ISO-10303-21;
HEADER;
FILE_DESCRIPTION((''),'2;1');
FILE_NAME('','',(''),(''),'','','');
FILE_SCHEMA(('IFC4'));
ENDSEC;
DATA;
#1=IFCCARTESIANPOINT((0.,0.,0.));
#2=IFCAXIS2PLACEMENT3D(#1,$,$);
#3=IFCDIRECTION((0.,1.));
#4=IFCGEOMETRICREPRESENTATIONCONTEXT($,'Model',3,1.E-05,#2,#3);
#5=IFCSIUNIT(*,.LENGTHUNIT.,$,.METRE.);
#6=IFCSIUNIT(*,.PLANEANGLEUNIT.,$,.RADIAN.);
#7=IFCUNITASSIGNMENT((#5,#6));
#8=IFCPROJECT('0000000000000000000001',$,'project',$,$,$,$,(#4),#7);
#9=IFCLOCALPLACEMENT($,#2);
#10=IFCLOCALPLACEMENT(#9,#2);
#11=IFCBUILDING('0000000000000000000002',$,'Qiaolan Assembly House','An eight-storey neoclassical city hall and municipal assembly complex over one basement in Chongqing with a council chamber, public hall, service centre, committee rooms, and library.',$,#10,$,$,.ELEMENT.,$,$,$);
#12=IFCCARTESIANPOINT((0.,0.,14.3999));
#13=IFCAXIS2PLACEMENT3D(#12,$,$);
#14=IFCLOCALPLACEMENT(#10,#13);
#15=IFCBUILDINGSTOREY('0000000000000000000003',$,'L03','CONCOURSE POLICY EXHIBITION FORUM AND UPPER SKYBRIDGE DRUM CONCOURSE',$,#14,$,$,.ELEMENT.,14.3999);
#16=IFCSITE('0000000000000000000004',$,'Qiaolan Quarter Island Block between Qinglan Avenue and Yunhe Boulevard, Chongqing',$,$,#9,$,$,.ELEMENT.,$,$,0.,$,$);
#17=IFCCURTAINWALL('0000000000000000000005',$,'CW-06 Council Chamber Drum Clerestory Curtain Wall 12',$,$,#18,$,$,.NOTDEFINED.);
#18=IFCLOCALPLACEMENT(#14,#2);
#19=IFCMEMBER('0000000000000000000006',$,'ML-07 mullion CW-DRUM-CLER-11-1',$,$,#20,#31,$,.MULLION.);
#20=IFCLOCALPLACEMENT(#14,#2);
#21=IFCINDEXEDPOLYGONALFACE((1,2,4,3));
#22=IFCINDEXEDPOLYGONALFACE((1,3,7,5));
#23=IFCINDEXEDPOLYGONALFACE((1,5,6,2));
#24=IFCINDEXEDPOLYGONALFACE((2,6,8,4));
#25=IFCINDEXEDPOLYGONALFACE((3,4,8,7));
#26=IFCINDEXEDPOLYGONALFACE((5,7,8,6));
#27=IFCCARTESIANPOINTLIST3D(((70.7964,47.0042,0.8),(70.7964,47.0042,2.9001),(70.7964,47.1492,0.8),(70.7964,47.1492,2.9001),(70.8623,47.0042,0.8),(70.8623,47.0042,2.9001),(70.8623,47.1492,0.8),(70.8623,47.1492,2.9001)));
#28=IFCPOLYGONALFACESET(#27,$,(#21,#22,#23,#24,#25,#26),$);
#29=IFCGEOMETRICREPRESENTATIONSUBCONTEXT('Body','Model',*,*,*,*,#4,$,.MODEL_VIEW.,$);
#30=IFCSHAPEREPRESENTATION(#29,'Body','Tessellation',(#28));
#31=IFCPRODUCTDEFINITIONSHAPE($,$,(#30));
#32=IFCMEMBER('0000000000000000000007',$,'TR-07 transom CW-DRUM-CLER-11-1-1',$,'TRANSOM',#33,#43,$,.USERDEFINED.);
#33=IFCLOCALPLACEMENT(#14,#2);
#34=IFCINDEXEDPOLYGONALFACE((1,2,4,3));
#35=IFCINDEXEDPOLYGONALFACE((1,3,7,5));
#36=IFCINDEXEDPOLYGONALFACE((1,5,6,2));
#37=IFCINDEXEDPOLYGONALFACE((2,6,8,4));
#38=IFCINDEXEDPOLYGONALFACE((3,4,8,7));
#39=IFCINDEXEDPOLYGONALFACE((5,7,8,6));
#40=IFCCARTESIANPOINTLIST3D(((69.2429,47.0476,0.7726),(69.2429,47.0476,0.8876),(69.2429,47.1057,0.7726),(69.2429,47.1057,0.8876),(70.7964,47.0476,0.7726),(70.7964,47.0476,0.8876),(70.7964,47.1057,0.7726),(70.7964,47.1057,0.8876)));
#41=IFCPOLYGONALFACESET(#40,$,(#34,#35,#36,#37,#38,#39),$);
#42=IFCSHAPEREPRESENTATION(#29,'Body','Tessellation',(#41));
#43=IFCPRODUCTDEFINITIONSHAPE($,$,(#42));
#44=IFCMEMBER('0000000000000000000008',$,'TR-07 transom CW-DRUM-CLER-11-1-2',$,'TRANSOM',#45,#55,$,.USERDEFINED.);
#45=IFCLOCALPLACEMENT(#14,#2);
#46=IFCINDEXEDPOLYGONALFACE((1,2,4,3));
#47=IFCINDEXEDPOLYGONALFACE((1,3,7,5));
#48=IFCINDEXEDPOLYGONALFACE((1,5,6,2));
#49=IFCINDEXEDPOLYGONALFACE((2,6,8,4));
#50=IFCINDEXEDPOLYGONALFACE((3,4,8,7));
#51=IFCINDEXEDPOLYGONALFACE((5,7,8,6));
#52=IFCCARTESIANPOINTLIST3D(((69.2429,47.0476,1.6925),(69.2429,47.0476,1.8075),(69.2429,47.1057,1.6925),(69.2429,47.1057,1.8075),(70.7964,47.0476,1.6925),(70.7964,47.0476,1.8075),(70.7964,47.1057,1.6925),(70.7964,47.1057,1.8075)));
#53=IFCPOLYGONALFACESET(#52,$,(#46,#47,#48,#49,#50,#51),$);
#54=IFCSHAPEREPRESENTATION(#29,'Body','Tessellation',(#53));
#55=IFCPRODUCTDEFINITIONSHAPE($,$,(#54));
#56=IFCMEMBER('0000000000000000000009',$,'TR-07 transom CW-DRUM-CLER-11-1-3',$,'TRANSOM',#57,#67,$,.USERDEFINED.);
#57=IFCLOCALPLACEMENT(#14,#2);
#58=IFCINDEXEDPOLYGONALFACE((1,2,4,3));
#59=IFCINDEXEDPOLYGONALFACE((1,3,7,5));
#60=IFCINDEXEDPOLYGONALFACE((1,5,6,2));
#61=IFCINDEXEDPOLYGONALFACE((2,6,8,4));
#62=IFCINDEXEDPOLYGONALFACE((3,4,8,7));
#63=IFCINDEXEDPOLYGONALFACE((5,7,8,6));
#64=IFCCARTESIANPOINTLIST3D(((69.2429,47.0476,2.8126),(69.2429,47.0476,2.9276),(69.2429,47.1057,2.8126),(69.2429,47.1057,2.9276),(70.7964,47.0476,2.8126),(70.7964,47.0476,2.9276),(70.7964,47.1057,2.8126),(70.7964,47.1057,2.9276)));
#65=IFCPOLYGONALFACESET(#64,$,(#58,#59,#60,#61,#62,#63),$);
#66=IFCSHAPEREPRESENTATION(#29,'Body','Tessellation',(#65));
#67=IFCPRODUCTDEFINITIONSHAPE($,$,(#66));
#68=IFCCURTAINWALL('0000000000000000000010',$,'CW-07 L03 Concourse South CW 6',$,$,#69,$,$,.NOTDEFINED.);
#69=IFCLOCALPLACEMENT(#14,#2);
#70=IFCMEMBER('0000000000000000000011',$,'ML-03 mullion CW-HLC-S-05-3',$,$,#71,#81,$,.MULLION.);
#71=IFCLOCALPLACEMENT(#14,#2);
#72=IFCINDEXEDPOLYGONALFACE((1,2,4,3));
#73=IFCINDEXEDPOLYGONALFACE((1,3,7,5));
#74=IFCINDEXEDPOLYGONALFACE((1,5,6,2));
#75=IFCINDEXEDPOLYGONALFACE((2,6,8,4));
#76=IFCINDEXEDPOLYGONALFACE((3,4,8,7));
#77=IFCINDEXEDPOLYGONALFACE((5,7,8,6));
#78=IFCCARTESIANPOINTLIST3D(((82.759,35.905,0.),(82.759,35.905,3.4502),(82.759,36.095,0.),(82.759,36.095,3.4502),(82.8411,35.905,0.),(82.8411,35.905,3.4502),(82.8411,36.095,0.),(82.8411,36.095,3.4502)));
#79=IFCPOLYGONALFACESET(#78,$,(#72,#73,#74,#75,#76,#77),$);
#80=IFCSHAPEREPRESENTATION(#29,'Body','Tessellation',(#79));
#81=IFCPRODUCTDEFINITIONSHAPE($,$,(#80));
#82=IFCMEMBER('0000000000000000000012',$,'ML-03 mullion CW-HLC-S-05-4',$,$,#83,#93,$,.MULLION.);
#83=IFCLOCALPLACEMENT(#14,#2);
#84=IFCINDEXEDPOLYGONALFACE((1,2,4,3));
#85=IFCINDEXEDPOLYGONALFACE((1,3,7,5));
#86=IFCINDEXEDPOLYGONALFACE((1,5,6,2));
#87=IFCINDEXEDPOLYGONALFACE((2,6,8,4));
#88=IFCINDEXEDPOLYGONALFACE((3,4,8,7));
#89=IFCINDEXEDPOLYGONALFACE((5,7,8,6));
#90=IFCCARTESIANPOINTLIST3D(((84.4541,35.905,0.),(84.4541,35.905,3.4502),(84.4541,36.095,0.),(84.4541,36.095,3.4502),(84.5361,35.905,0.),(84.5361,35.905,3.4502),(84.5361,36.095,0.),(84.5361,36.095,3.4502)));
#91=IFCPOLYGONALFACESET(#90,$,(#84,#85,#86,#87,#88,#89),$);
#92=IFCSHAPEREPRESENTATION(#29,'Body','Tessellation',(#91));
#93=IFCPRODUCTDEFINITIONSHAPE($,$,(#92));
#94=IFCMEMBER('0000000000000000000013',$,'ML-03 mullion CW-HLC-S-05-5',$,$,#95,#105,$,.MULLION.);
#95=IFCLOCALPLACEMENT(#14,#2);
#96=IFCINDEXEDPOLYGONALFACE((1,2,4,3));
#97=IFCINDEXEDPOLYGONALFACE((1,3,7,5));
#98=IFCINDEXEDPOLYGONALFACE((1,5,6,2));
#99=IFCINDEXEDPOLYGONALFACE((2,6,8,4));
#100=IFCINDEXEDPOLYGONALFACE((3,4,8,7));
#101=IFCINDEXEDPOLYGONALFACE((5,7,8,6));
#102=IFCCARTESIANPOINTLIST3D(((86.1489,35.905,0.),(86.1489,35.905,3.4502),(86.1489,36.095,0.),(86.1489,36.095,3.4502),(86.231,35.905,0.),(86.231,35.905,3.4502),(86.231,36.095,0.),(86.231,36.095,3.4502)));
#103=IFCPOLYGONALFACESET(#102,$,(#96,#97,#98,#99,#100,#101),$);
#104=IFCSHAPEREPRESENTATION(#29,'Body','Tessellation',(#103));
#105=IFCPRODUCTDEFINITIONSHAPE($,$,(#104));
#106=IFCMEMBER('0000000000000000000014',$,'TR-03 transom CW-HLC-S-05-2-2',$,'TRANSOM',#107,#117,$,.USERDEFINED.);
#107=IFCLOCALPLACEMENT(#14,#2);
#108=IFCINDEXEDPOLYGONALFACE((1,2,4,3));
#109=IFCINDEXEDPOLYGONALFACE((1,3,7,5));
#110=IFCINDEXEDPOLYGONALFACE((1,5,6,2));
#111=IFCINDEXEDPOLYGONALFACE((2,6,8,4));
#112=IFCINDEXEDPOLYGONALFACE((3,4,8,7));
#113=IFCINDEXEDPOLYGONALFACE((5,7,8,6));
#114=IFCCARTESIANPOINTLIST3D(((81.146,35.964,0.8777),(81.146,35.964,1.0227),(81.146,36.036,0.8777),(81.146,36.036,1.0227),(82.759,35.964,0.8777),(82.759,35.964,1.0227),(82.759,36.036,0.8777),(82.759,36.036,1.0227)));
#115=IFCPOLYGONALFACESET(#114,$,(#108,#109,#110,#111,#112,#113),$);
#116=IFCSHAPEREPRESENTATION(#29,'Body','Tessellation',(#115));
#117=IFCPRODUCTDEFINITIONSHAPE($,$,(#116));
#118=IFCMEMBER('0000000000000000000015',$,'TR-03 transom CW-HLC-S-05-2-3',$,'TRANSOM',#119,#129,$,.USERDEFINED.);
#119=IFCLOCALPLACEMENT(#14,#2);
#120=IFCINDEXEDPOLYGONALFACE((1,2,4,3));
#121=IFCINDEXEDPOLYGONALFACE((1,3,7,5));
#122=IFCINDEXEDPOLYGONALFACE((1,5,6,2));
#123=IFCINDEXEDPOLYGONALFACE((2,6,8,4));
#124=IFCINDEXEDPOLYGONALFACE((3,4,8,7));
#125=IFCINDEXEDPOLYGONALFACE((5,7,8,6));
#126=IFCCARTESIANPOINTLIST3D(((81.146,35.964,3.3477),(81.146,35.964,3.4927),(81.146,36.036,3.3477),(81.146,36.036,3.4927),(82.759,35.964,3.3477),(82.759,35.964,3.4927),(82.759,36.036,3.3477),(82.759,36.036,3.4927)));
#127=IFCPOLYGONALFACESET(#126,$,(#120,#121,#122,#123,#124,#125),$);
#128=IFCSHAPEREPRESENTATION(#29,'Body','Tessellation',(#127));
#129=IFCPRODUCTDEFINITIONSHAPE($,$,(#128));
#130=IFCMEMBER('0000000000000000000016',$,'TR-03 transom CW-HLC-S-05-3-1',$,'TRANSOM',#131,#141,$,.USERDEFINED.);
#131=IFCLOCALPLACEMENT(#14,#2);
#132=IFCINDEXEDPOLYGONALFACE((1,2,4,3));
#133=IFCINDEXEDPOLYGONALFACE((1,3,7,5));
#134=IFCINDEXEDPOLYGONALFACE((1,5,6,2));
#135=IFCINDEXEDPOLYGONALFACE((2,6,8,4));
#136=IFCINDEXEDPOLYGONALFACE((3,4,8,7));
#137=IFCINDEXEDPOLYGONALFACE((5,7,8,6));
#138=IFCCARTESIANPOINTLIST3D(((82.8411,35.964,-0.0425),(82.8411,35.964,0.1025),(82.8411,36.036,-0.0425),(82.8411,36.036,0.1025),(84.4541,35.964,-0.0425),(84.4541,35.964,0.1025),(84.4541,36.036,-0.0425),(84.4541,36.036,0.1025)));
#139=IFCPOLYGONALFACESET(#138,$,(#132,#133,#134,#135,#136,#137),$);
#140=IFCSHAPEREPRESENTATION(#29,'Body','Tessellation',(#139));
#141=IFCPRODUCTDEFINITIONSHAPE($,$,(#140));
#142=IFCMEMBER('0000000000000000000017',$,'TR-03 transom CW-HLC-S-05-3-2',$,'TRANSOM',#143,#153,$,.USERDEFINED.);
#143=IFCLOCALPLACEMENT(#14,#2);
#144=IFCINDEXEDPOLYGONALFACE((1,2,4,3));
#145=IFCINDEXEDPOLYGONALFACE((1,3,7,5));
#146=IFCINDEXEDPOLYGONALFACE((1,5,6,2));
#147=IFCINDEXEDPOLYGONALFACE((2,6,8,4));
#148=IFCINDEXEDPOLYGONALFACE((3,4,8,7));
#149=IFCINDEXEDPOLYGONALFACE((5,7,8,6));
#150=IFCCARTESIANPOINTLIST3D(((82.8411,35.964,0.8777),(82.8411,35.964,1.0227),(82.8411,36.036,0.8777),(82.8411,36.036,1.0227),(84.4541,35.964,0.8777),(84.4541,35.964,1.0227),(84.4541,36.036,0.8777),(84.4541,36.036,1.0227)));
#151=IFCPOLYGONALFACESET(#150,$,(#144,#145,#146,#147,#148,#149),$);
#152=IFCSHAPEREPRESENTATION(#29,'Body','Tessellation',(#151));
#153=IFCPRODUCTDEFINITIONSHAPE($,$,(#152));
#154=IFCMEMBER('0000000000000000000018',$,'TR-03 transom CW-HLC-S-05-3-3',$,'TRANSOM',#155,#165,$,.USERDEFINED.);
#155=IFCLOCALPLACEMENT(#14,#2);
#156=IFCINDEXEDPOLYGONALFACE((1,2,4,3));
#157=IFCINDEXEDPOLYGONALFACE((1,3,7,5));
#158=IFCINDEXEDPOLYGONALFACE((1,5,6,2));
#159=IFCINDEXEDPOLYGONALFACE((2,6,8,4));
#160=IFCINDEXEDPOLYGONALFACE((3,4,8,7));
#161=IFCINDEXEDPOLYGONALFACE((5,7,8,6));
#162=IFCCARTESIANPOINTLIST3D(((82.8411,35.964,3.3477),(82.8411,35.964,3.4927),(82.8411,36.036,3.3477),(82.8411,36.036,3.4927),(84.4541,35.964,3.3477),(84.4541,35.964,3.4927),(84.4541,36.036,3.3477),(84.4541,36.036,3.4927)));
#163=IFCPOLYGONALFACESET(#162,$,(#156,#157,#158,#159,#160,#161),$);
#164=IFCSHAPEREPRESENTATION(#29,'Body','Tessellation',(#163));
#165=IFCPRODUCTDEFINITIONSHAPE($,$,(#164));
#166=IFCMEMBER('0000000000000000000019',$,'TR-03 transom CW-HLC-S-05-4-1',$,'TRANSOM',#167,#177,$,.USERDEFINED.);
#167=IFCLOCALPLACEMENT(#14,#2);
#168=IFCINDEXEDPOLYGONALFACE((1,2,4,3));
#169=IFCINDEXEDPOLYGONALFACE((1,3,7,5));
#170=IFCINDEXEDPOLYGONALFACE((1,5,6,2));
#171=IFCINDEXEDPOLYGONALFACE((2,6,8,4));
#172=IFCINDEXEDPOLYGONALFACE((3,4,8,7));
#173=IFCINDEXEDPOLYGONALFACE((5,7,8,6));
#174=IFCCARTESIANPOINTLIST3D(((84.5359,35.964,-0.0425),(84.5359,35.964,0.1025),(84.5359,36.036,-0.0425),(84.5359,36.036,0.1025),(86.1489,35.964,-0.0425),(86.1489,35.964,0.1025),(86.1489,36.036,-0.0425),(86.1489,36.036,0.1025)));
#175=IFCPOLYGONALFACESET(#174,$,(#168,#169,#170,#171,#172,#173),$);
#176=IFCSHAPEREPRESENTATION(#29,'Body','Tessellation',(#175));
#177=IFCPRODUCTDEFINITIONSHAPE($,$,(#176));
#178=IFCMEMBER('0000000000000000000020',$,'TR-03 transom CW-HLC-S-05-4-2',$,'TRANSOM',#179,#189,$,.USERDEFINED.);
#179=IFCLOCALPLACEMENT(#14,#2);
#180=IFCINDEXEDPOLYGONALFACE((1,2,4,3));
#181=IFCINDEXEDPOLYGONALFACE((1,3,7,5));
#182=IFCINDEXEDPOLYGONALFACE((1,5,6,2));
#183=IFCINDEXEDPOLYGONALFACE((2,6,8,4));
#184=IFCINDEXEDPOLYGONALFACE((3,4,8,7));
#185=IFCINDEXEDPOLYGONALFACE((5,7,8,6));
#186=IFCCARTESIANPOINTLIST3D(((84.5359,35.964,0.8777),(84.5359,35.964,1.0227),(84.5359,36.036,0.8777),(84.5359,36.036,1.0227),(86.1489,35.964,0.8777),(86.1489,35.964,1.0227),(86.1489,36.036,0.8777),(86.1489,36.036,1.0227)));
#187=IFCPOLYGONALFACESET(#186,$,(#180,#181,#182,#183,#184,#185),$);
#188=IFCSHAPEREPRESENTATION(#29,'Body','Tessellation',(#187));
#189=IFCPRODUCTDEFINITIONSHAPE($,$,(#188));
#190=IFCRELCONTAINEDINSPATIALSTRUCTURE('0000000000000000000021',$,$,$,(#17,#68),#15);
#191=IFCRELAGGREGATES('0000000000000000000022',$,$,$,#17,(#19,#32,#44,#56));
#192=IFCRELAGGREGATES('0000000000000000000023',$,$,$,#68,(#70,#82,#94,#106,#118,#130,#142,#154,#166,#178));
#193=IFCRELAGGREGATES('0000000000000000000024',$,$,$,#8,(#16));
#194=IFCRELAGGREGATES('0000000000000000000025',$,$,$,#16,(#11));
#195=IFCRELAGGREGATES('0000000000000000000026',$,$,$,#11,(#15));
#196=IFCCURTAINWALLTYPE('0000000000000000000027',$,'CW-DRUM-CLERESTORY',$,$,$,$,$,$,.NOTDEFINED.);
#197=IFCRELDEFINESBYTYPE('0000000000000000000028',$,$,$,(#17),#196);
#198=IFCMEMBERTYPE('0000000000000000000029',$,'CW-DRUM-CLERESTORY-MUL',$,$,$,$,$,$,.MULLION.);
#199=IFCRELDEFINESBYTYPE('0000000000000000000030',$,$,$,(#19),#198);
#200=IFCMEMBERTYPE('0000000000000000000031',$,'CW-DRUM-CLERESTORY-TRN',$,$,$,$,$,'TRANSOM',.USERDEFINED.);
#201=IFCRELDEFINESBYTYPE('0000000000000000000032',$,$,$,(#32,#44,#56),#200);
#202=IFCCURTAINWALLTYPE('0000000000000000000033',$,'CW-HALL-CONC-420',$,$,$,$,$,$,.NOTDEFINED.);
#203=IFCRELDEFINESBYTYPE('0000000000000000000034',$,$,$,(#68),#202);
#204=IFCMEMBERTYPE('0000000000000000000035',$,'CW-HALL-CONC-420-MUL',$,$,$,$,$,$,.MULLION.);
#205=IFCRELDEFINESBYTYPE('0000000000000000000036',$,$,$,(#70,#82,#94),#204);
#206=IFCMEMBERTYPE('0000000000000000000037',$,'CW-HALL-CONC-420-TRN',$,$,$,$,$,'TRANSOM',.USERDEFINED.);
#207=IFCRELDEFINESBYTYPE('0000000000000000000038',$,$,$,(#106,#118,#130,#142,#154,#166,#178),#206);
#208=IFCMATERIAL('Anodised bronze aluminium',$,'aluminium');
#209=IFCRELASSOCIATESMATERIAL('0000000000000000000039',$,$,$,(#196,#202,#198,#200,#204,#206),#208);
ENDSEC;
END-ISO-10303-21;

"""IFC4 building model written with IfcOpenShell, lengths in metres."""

from ifc_helpers import new_model, si_unit, direction, frame, origin, origin_2d, place, context, subcontext, project, spatial, rectangle, extrude, material, material_profile, profile_set, type_object, element, aggregate, save


model = new_model("IFC4")

# Units and contexts
model_context = context("Model", 3, precision=1e-05, world=origin(), true_north=direction((0.0, 1.0)))
body_context = subcontext(model_context, "Body", "Model", "MODEL_VIEW")
ifc_project = project(units=[si_unit("LENGTHUNIT", "METRE"), si_unit("PLANEANGLEUNIT", "RADIAN")], contexts=[model_context])

# Site, building, storey
site_placement = place(None, origin())
site = spatial("IfcSite", under=ifc_project, at=site_placement, Name="Qiaolan Quarter Island Block between Qinglan Avenue and Yunhe Boulevard, Chongqing", CompositionType="ELEMENT", RefElevation=0.0)
building_placement = place(site_placement, origin())
building = spatial("IfcBuilding", under=site, at=building_placement, Name="Qiaolan Assembly House", Description="An eight-storey neoclassical city hall and municipal assembly complex over one basement in Chongqing with a council chamber, public hall, service centre, committee rooms, and library.", CompositionType="ELEMENT")
storey_placement = place(building_placement, frame((0.0, 0.0, 14.3999)))
storey = spatial("IfcBuildingStorey", under=building, at=storey_placement, Name="L03", Description="CONCOURSE POLICY EXHIBITION FORUM AND UPPER SKYBRIDGE DRUM CONCOURSE", CompositionType="ELEMENT", Elevation=14.3999)

# Curtain walls, members
ifc_material_1 = material(Name="Anodised bronze aluminium", Category="aluminium")
curtain_wall_type_1 = type_object("IfcCurtainWallType", Name="CW-DRUM-CLERESTORY", PredefinedType="NOTDEFINED", material=ifc_material_1)
curtain_wall_1_placement = place(storey_placement, origin())
curtain_wall_1 = element("IfcCurtainWall", 1, at=curtain_wall_1_placement, inside=storey, type_object=curtain_wall_type_1, Name="CW-06 Council Chamber Drum Clerestory Curtain Wall 12", PredefinedType="NOTDEFINED")
ifc_material_profile_1 = material_profile(ifc_material_1, rectangle(XDim=0.0659, YDim=0.145, at=origin_2d()), Name="MUL 66x145")
ifc_profile_set_1 = profile_set([ifc_material_profile_1], Name="Anodised bronze aluminium")
member_type_1 = type_object("IfcMemberType", Name="CW-DRUM-CLERESTORY-MUL", PredefinedType="MULLION", material=ifc_profile_set_1)
member_1_placement = place(storey_placement, frame((70.8293, 47.0767, 0.8), z_axis=(0.0, 0.0, 1.0), x_axis=(-1.0, 0.0, 0.0)))
member_1 = element("IfcMember", 2, at=member_1_placement, type_object=member_type_1, Name="ML-07 mullion CW-DRUM-CLER-11-1", PredefinedType="MULLION", context=body_context, shape_type="SweptSolid", body=[
    extrude(rectangle(XDim=0.0659, YDim=0.145, at=origin_2d()), origin(), (0.0, 0.0, 1.0), 2.1001),
])
ifc_material_profile_2 = material_profile(ifc_material_1, rectangle(XDim=0.0581, YDim=0.115, at=origin_2d()), Name="TRN 58x115")
ifc_profile_set_2 = profile_set([ifc_material_profile_2], Name="Anodised bronze aluminium")
member_type_2 = type_object("IfcMemberType", Name="CW-DRUM-CLERESTORY-TRN", ElementType="TRANSOM", PredefinedType="USERDEFINED", material=ifc_profile_set_2)
member_2_placement = place(storey_placement, frame((70.7964, 47.0767, 0.8301), z_axis=(-1.0, 0.0, 0.0), x_axis=(0.0, -1.0, 0.0)))
member_2 = element("IfcMember", 3, at=member_2_placement, type_object=member_type_2, Name="TR-07 transom CW-DRUM-CLER-11-1-1", ObjectType="TRANSOM", PredefinedType="USERDEFINED", context=body_context, shape_type="SweptSolid", body=[
    extrude(rectangle(XDim=0.0581, YDim=0.115, at=origin_2d()), origin(), (0.0, 0.0, 1.0), 1.5535),
])
member_3_placement = place(storey_placement, frame((70.7964, 47.0767, 1.75), z_axis=(-1.0, 0.0, 0.0), x_axis=(0.0, -1.0, 0.0)))
member_3 = element("IfcMember", 4, at=member_3_placement, type_object=member_type_2, Name="TR-07 transom CW-DRUM-CLER-11-1-2", ObjectType="TRANSOM", PredefinedType="USERDEFINED", context=body_context, shape_type="SweptSolid", body=[
    extrude(rectangle(XDim=0.0581, YDim=0.115, at=origin_2d()), origin(), (0.0, 0.0, 1.0), 1.5535),
])
member_4_placement = place(storey_placement, frame((70.7964, 47.0767, 2.8701), z_axis=(-1.0, 0.0, 0.0), x_axis=(0.0, -1.0, 0.0)))
member_4 = element("IfcMember", 5, at=member_4_placement, type_object=member_type_2, Name="TR-07 transom CW-DRUM-CLER-11-1-3", ObjectType="TRANSOM", PredefinedType="USERDEFINED", context=body_context, shape_type="SweptSolid", body=[
    extrude(rectangle(XDim=0.0581, YDim=0.115, at=origin_2d()), origin(), (0.0, 0.0, 1.0), 1.5535),
])
curtain_wall_type_2 = type_object("IfcCurtainWallType", Name="CW-HALL-CONC-420", PredefinedType="NOTDEFINED", material=ifc_material_1)
curtain_wall_2_placement = place(storey_placement, origin())
curtain_wall_2 = element("IfcCurtainWall", 6, at=curtain_wall_2_placement, inside=storey, type_object=curtain_wall_type_2, Name="CW-07 L03 Concourse South CW 6", PredefinedType="NOTDEFINED")
ifc_material_profile_3 = material_profile(ifc_material_1, rectangle(XDim=0.082, YDim=0.1899, at=origin_2d()), Name="MUL 82x190")
ifc_profile_set_3 = profile_set([ifc_material_profile_3], Name="Anodised bronze aluminium")
member_type_3 = type_object("IfcMemberType", Name="CW-HALL-CONC-420-MUL", PredefinedType="MULLION", material=ifc_profile_set_3)
member_5_placement = place(storey_placement, frame((82.8, 36.0, 0.0), z_axis=(0.0, 0.0, 1.0), x_axis=(1.0, 0.0, 0.0)))
member_5 = element("IfcMember", 7, at=member_5_placement, type_object=member_type_3, Name="ML-03 mullion CW-HLC-S-05-3", PredefinedType="MULLION", context=body_context, shape_type="SweptSolid", body=[
    extrude(rectangle(XDim=0.082, YDim=0.1899, at=origin_2d()), origin(), (0.0, 0.0, 1.0), 3.4502),
])
member_6_placement = place(storey_placement, frame((84.4951, 36.0, 0.0), z_axis=(0.0, 0.0, 1.0), x_axis=(1.0, 0.0, 0.0)))
member_6 = element("IfcMember", 8, at=member_6_placement, type_object=member_type_3, Name="ML-03 mullion CW-HLC-S-05-4", PredefinedType="MULLION", context=body_context, shape_type="SweptSolid", body=[
    extrude(rectangle(XDim=0.082, YDim=0.1899, at=origin_2d()), origin(), (0.0, 0.0, 1.0), 3.4502),
])
member_7_placement = place(storey_placement, frame((86.1899, 36.0, 0.0), z_axis=(0.0, 0.0, 1.0), x_axis=(1.0, 0.0, 0.0)))
member_7 = element("IfcMember", 9, at=member_7_placement, type_object=member_type_3, Name="ML-03 mullion CW-HLC-S-05-5", PredefinedType="MULLION", context=body_context, shape_type="SweptSolid", body=[
    extrude(rectangle(XDim=0.082, YDim=0.1899, at=origin_2d()), origin(), (0.0, 0.0, 1.0), 3.4502),
])
ifc_material_profile_4 = material_profile(ifc_material_1, rectangle(XDim=0.072, YDim=0.145, at=origin_2d()), Name="TRN 72x145")
ifc_profile_set_4 = profile_set([ifc_material_profile_4], Name="Anodised bronze aluminium")
member_type_4 = type_object("IfcMemberType", Name="CW-HALL-CONC-420-TRN", ElementType="TRANSOM", PredefinedType="USERDEFINED", material=ifc_profile_set_4)
member_8_placement = place(storey_placement, frame((81.146, 36.0, 0.9502), z_axis=(1.0, 0.0, 0.0), x_axis=(0.0, 1.0, 0.0)))
member_8 = element("IfcMember", 10, at=member_8_placement, type_object=member_type_4, Name="TR-03 transom CW-HLC-S-05-2-2", ObjectType="TRANSOM", PredefinedType="USERDEFINED", context=body_context, shape_type="SweptSolid", body=[
    extrude(rectangle(XDim=0.072, YDim=0.145, at=origin_2d()), origin(), (0.0, 0.0, 1.0), 1.613),
])
member_9_placement = place(storey_placement, frame((81.146, 36.0, 3.4202), z_axis=(1.0, 0.0, 0.0), x_axis=(0.0, 1.0, 0.0)))
member_9 = element("IfcMember", 11, at=member_9_placement, type_object=member_type_4, Name="TR-03 transom CW-HLC-S-05-2-3", ObjectType="TRANSOM", PredefinedType="USERDEFINED", context=body_context, shape_type="SweptSolid", body=[
    extrude(rectangle(XDim=0.072, YDim=0.145, at=origin_2d()), origin(), (0.0, 0.0, 1.0), 1.613),
])
member_10_placement = place(storey_placement, frame((82.8411, 36.0, 0.03), z_axis=(1.0, 0.0, 0.0), x_axis=(0.0, 1.0, 0.0)))
member_10 = element("IfcMember", 12, at=member_10_placement, type_object=member_type_4, Name="TR-03 transom CW-HLC-S-05-3-1", ObjectType="TRANSOM", PredefinedType="USERDEFINED", context=body_context, shape_type="SweptSolid", body=[
    extrude(rectangle(XDim=0.072, YDim=0.145, at=origin_2d()), origin(), (0.0, 0.0, 1.0), 1.613),
])
member_11_placement = place(storey_placement, frame((82.8411, 36.0, 0.9502), z_axis=(1.0, 0.0, 0.0), x_axis=(0.0, 1.0, 0.0)))
member_11 = element("IfcMember", 13, at=member_11_placement, type_object=member_type_4, Name="TR-03 transom CW-HLC-S-05-3-2", ObjectType="TRANSOM", PredefinedType="USERDEFINED", context=body_context, shape_type="SweptSolid", body=[
    extrude(rectangle(XDim=0.072, YDim=0.145, at=origin_2d()), origin(), (0.0, 0.0, 1.0), 1.613),
])
member_12_placement = place(storey_placement, frame((82.8411, 36.0, 3.4202), z_axis=(1.0, 0.0, 0.0), x_axis=(0.0, 1.0, 0.0)))
member_12 = element("IfcMember", 14, at=member_12_placement, type_object=member_type_4, Name="TR-03 transom CW-HLC-S-05-3-3", ObjectType="TRANSOM", PredefinedType="USERDEFINED", context=body_context, shape_type="SweptSolid", body=[
    extrude(rectangle(XDim=0.072, YDim=0.145, at=origin_2d()), origin(), (0.0, 0.0, 1.0), 1.613),
])
member_13_placement = place(storey_placement, frame((84.5359, 36.0, 0.03), z_axis=(1.0, 0.0, 0.0), x_axis=(0.0, 1.0, 0.0)))
member_13 = element("IfcMember", 15, at=member_13_placement, type_object=member_type_4, Name="TR-03 transom CW-HLC-S-05-4-1", ObjectType="TRANSOM", PredefinedType="USERDEFINED", context=body_context, shape_type="SweptSolid", body=[
    extrude(rectangle(XDim=0.072, YDim=0.145, at=origin_2d()), origin(), (0.0, 0.0, 1.0), 1.613),
])
member_14_placement = place(storey_placement, frame((84.5359, 36.0, 0.9502), z_axis=(1.0, 0.0, 0.0), x_axis=(0.0, 1.0, 0.0)))
member_14 = element("IfcMember", 16, at=member_14_placement, type_object=member_type_4, Name="TR-03 transom CW-HLC-S-05-4-2", ObjectType="TRANSOM", PredefinedType="USERDEFINED", context=body_context, shape_type="SweptSolid", body=[
    extrude(rectangle(XDim=0.072, YDim=0.145, at=origin_2d()), origin(), (0.0, 0.0, 1.0), 1.613),
])

aggregate(curtain_wall_1, [member_1, member_2, member_3, member_4])
aggregate(curtain_wall_2, [member_5, member_6, member_7, member_8, member_9, member_10, member_11, member_12, member_13, member_14])

save(model, "model.ifc")
